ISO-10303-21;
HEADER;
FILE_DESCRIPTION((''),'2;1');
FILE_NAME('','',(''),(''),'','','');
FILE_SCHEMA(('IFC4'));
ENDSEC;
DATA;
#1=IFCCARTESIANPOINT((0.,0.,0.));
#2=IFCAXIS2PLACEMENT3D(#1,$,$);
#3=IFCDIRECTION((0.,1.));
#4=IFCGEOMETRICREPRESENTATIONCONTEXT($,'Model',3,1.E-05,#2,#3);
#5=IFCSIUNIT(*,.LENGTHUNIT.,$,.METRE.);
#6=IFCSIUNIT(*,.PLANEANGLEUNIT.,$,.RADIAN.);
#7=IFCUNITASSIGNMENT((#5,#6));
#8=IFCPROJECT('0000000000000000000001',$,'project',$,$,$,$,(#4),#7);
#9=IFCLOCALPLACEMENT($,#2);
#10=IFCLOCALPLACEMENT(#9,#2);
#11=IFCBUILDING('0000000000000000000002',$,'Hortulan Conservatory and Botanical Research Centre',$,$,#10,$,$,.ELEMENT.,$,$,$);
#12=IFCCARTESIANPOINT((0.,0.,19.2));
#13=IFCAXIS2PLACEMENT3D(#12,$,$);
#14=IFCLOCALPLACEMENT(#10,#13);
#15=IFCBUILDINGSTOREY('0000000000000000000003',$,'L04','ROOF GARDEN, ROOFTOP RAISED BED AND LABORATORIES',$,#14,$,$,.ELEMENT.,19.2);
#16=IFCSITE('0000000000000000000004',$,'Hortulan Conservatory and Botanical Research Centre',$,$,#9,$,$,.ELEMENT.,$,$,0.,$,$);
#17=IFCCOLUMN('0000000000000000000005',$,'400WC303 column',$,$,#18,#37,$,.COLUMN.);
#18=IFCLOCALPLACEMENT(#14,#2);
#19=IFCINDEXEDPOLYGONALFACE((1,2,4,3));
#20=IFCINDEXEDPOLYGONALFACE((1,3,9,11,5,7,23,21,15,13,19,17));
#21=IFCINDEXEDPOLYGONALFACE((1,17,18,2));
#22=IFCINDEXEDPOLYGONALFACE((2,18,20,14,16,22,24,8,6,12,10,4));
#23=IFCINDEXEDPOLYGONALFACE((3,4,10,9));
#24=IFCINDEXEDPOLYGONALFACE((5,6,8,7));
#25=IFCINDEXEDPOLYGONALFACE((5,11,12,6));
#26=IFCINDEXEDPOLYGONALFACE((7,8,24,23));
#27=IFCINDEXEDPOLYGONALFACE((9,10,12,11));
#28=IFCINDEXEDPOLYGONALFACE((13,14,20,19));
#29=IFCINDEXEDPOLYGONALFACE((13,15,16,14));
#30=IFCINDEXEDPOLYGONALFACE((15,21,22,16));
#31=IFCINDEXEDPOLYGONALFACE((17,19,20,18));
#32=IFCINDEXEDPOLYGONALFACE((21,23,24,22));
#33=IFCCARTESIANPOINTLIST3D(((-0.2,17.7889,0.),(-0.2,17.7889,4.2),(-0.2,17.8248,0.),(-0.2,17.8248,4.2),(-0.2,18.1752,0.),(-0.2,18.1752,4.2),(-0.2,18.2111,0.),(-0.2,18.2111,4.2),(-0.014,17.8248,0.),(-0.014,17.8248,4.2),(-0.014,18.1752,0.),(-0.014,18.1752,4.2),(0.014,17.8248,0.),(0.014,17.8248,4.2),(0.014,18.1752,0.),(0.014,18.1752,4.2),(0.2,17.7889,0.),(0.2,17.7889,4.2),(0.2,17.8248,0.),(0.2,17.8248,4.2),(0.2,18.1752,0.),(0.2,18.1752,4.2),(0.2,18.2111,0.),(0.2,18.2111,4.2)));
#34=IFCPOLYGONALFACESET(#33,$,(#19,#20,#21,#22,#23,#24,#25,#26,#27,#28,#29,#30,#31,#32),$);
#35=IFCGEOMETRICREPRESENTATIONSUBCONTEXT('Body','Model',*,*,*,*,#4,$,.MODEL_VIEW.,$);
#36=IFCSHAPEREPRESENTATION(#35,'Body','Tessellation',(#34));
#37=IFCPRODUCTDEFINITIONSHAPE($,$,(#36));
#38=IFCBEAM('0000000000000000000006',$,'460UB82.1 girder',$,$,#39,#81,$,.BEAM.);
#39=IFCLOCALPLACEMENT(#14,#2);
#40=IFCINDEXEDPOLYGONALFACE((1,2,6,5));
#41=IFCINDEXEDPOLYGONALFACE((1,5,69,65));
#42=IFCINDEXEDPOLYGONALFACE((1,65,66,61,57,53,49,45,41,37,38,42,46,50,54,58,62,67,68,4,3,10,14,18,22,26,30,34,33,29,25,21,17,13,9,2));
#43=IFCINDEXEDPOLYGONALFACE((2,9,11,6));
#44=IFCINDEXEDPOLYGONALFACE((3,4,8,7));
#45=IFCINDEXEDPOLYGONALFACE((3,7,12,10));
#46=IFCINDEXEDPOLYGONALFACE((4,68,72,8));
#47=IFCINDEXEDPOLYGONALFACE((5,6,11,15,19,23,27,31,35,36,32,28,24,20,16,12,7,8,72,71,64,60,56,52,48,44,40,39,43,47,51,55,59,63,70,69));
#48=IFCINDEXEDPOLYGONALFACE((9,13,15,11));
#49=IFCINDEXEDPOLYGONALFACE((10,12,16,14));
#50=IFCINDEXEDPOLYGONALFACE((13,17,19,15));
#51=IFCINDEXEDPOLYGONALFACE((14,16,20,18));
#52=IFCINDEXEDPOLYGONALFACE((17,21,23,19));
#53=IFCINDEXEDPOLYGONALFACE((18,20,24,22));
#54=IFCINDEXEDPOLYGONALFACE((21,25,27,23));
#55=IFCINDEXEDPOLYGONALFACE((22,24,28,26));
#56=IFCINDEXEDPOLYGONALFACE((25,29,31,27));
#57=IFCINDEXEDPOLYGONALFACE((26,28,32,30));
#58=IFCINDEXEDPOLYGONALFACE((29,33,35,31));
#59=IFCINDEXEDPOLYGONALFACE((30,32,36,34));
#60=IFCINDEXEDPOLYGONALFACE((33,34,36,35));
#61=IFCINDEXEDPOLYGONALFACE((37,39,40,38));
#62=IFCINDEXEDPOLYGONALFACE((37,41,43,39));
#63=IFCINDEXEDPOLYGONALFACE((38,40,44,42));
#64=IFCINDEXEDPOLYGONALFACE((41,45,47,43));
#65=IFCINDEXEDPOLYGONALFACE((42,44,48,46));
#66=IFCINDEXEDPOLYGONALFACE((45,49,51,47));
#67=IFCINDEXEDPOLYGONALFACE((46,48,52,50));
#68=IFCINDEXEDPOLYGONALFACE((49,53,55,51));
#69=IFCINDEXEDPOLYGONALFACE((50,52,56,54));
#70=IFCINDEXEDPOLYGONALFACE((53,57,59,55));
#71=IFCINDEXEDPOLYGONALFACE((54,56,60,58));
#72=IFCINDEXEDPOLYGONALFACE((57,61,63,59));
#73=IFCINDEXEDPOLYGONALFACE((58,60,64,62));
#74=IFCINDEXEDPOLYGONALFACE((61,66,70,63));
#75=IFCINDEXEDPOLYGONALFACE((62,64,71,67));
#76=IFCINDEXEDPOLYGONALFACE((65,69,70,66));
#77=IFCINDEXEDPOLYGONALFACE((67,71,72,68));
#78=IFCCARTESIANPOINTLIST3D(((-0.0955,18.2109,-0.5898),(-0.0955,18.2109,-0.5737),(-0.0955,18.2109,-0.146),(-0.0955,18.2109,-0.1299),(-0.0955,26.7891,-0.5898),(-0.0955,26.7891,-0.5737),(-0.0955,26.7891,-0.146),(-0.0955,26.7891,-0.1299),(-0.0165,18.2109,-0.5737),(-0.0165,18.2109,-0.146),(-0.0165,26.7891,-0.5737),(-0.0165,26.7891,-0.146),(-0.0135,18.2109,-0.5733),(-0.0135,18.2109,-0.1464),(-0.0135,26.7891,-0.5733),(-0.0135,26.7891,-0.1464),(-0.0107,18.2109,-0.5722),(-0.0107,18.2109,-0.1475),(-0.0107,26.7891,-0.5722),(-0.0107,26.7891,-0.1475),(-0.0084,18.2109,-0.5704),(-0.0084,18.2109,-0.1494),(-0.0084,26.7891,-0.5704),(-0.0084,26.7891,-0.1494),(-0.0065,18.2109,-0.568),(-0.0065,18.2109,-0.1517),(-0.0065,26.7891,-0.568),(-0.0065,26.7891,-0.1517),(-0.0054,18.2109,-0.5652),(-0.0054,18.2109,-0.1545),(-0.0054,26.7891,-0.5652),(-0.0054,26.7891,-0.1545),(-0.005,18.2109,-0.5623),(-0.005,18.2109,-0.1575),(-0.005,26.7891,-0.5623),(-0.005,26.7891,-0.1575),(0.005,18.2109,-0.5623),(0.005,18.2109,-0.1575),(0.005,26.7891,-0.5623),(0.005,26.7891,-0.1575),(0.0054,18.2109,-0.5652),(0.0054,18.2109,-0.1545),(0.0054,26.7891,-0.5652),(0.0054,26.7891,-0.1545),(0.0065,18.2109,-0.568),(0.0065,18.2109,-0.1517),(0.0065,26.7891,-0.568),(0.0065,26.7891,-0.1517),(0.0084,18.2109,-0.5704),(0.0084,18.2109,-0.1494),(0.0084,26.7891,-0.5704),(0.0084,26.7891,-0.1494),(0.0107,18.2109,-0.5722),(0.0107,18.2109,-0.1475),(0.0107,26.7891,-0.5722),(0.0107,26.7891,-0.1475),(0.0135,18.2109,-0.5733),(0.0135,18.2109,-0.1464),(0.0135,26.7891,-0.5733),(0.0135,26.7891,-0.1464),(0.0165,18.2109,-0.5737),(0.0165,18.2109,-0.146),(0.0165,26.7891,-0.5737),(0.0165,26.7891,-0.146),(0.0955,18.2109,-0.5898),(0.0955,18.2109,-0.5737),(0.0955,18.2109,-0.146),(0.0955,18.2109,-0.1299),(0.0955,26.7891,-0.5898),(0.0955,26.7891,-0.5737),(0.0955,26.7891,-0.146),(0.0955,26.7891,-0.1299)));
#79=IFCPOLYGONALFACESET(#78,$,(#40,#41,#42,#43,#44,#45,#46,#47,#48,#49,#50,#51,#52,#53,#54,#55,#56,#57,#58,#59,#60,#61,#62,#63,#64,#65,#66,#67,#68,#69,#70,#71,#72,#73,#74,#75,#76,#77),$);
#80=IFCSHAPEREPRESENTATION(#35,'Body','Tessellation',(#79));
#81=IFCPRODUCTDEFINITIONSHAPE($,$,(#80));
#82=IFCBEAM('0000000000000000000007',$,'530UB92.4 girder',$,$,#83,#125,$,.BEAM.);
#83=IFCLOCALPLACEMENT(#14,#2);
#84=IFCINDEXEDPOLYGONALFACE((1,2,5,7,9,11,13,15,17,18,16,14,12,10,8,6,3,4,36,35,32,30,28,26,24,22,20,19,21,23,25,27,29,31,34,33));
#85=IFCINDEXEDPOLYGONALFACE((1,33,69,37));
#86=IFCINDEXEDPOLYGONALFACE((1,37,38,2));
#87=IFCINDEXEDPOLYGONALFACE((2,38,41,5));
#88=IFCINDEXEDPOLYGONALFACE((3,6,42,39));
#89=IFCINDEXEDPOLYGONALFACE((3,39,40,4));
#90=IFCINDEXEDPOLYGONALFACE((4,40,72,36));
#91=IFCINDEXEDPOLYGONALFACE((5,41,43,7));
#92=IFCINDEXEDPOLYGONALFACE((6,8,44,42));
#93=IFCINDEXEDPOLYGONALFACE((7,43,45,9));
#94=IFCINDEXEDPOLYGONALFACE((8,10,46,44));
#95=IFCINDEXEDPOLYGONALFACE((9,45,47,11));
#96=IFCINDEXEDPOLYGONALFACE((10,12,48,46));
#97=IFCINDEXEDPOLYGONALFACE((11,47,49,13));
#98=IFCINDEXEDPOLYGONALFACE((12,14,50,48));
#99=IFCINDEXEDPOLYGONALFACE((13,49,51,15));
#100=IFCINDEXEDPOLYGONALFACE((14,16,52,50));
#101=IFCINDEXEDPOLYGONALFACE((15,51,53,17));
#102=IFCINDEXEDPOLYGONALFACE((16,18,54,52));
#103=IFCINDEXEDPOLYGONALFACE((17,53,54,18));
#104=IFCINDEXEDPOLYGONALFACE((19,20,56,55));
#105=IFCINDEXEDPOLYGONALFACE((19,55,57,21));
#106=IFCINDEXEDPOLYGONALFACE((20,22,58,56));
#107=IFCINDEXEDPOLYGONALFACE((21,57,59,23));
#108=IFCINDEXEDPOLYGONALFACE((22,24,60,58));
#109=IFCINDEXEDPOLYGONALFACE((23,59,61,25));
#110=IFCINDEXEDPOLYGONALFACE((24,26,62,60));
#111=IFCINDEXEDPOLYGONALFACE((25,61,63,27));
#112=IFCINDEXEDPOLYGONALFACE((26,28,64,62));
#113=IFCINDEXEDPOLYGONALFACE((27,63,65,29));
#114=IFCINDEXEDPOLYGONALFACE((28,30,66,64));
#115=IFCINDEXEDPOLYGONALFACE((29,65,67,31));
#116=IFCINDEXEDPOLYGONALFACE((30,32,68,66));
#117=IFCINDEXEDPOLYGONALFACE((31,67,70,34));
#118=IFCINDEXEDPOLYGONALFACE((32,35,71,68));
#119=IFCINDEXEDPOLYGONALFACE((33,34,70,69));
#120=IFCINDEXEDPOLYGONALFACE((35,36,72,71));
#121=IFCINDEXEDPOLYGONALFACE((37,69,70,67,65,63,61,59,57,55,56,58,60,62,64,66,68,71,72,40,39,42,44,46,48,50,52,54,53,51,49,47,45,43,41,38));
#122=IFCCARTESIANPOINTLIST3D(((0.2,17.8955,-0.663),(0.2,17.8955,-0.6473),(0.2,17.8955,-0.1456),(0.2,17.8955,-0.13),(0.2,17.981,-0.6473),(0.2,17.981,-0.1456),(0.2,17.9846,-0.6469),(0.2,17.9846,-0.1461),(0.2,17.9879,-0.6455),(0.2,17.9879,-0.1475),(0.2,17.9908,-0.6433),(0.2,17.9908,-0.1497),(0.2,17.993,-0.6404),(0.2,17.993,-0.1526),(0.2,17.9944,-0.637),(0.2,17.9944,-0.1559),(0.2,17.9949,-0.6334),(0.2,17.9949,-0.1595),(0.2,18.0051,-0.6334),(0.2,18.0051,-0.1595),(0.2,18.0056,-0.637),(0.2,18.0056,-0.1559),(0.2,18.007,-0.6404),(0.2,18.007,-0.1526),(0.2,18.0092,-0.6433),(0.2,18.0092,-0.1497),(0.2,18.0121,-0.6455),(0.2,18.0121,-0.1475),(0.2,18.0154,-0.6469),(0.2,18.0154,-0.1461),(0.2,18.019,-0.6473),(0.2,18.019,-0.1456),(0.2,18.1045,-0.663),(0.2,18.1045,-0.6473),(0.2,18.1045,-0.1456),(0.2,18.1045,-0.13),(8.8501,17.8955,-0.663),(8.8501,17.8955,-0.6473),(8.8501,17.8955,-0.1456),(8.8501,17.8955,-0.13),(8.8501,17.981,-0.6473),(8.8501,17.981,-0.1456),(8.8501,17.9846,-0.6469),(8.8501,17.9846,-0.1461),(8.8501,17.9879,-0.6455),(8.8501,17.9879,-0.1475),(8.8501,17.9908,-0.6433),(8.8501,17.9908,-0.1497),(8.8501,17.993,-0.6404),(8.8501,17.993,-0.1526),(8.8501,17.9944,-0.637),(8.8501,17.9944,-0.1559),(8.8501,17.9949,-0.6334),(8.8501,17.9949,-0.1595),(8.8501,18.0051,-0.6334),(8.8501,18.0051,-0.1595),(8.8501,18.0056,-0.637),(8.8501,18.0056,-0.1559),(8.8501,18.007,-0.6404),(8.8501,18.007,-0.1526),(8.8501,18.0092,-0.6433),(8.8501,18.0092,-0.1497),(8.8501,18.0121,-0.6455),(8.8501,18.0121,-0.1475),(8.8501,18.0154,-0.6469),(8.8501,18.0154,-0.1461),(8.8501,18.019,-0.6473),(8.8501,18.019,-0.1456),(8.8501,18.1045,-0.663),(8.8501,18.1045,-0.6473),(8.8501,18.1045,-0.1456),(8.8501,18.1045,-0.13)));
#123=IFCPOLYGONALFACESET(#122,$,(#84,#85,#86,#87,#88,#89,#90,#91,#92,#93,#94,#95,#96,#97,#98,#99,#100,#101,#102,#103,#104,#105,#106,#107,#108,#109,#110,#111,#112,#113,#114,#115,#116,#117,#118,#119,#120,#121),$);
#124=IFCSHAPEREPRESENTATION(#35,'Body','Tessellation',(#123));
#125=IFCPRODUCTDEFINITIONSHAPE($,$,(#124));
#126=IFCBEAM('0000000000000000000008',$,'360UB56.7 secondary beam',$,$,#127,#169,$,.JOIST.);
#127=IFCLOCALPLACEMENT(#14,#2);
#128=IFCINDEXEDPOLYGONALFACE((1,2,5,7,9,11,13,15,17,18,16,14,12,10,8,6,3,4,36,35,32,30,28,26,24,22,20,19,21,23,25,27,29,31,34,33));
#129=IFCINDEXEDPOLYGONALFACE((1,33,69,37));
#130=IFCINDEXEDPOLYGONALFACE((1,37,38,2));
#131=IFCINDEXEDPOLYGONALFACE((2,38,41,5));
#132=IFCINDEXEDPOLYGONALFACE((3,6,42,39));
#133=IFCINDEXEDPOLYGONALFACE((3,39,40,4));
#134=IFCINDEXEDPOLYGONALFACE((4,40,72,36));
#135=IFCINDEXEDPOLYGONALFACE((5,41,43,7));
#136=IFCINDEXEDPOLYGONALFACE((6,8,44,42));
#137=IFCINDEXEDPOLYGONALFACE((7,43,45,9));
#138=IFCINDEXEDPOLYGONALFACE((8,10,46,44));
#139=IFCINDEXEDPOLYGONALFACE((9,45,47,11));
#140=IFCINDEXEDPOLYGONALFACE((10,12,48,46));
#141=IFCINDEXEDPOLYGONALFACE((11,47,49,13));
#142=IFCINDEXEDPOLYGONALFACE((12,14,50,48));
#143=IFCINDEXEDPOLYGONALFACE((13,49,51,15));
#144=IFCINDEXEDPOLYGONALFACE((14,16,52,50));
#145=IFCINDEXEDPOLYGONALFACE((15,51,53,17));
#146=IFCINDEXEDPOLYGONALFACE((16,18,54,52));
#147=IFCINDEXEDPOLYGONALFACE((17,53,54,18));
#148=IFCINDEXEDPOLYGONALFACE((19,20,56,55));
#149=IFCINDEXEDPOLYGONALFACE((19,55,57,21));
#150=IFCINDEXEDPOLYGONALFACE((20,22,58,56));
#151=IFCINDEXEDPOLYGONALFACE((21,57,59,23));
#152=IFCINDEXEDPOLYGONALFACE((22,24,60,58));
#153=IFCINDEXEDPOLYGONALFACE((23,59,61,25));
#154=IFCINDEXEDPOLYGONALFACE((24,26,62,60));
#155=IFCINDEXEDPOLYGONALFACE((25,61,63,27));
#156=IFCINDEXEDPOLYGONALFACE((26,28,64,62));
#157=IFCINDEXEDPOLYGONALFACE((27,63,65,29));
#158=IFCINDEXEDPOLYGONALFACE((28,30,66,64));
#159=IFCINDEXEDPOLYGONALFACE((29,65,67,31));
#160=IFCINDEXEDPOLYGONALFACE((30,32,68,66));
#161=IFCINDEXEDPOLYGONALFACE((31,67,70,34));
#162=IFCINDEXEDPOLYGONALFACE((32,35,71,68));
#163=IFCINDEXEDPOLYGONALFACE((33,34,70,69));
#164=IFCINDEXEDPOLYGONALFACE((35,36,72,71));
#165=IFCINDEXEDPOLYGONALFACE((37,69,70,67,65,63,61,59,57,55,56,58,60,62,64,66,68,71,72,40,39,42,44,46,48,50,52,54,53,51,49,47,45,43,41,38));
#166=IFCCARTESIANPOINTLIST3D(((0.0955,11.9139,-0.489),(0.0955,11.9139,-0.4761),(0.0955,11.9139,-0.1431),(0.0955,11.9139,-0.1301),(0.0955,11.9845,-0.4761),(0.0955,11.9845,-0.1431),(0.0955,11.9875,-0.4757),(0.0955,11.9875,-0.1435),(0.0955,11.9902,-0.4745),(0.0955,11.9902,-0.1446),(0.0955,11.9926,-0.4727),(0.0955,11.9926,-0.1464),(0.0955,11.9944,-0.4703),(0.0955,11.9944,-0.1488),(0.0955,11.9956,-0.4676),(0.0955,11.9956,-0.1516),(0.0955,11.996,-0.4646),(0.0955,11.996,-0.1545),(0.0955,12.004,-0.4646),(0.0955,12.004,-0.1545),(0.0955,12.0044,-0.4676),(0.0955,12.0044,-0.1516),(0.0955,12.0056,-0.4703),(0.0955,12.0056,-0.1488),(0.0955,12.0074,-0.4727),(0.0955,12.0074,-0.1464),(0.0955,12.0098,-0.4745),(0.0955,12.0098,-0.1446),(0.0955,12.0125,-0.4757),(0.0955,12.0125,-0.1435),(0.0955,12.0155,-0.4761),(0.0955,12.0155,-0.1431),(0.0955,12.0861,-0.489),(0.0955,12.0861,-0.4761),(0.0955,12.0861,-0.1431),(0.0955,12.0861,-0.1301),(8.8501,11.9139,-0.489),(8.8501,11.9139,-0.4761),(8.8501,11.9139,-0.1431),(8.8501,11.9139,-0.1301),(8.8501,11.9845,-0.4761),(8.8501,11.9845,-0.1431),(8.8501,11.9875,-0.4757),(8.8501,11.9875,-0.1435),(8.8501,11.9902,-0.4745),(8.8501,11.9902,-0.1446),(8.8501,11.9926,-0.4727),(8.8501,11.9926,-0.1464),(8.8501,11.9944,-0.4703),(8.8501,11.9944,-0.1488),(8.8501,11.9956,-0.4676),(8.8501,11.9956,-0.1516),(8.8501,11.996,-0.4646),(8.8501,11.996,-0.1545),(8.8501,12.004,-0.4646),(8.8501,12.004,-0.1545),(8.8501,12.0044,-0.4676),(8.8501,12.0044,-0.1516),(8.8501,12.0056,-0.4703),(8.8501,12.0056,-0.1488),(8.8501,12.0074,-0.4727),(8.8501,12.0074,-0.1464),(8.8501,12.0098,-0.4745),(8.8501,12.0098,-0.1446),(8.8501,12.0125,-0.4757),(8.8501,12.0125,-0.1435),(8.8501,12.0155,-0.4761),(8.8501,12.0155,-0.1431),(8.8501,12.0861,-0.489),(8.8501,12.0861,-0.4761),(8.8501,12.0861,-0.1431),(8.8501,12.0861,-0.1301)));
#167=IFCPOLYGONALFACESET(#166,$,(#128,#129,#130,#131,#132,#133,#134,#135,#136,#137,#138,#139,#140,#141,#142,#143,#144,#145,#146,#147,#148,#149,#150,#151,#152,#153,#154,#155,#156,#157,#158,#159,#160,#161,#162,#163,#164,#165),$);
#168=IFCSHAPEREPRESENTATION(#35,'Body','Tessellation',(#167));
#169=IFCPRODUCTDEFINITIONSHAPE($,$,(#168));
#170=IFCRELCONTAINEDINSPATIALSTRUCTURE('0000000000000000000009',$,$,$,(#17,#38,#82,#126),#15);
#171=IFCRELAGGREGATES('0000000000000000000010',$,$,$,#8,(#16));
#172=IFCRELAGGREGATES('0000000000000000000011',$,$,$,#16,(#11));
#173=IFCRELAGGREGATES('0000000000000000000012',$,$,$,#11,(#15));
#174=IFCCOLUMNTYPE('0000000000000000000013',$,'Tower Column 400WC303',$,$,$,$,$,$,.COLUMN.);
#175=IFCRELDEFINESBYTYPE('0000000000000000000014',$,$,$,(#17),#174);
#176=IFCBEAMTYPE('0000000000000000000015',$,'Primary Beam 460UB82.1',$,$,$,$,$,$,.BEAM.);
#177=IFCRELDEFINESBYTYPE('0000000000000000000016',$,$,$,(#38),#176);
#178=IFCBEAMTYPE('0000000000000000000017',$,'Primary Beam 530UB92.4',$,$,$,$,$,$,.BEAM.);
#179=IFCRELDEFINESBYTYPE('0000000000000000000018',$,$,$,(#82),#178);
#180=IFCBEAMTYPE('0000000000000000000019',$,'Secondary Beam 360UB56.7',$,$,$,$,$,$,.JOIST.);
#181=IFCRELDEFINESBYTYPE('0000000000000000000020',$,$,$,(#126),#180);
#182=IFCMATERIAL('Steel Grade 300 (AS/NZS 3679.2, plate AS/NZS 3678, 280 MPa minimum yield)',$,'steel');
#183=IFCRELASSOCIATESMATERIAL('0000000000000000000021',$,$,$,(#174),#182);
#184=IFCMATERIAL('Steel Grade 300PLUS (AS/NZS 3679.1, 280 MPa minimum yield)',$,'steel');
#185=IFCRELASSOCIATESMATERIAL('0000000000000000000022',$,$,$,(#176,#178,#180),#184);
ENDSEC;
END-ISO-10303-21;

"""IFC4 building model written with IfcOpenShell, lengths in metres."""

from ifc_helpers import new_model, si_unit, direction, frame, origin, origin_2d, place, context, subcontext, project, spatial, i_section, extrude, material, material_profile, profile_set, type_object, element, save


model = new_model("IFC4")

# Units and contexts
model_context = context("Model", 3, precision=1e-05, world=origin(), true_north=direction((0.0, 1.0)))
body_context = subcontext(model_context, "Body", "Model", "MODEL_VIEW")
ifc_project = project(units=[si_unit("LENGTHUNIT", "METRE"), si_unit("PLANEANGLEUNIT", "RADIAN")], contexts=[model_context])

# Site, building, storey
site_placement = place(None, origin())
site = spatial("IfcSite", under=ifc_project, at=site_placement, Name="Hortulan Conservatory and Botanical Research Centre", CompositionType="ELEMENT", RefElevation=0.0)
building_placement = place(site_placement, origin())
building = spatial("IfcBuilding", under=site, at=building_placement, Name="Hortulan Conservatory and Botanical Research Centre", CompositionType="ELEMENT")
storey_placement = place(building_placement, frame((0.0, 0.0, 19.2)))
storey = spatial("IfcBuildingStorey", under=building, at=storey_placement, Name="L04", Description="ROOF GARDEN, ROOFTOP RAISED BED AND LABORATORIES", CompositionType="ELEMENT", Elevation=19.2)

# Column
ifc_material_1 = material(Name="Steel Grade 300 (AS/NZS 3679.2, plate AS/NZS 3678, 280 MPa minimum yield)", Category="steel")
ifc_material_profile_1 = material_profile(ifc_material_1, i_section(OverallWidth=0.3999, OverallDepth=0.4221, WebThickness=0.0281, FlangeThickness=0.0359, at=origin_2d()), Name="400WC303")
ifc_profile_set_1 = profile_set([ifc_material_profile_1], Name="Steel Grade 300 (AS/NZS 3679.2, plate AS/NZS 3678, 280 MPa minimum yield)")
column_type = type_object("IfcColumnType", Name="Tower Column 400WC303", PredefinedType="COLUMN", material=ifc_profile_set_1)
column_placement = place(storey_placement, frame((0.0, 18.0, 0.0), z_axis=(0.0, 0.0, 1.0), x_axis=(1.0, 0.0, 0.0)))
element("IfcColumn", 1, at=column_placement, inside=storey, type_object=column_type, Name="400WC303 column", PredefinedType="COLUMN", context=body_context, shape_type="SweptSolid", body=[
    extrude(i_section(OverallWidth=0.3999, OverallDepth=0.4221, WebThickness=0.0281, FlangeThickness=0.0359, at=origin_2d()), origin(), (0.0, 0.0, 1.0), 4.2),
])

# Beams
ifc_material_2 = material(Name="Steel Grade 300PLUS (AS/NZS 3679.1, 280 MPa minimum yield)", Category="steel")
ifc_material_profile_2 = material_profile(ifc_material_2, i_section(OverallWidth=0.1909, OverallDepth=0.46, WebThickness=0.01, FlangeThickness=0.0161, FilletRadius=0.0115, at=origin_2d()), Name="460UB82.1")
ifc_profile_set_2 = profile_set([ifc_material_profile_2], Name="Steel Grade 300PLUS (AS/NZS 3679.1, 280 MPa minimum yield)")
beam_type_1 = type_object("IfcBeamType", Name="Primary Beam 460UB82.1", PredefinedType="BEAM", material=ifc_profile_set_2)
beam_1_placement = place(storey_placement, frame((0.0, 18.2109, -0.3599), z_axis=(0.0, 1.0, 0.0), x_axis=(-1.0, 0.0, 0.0)))
element("IfcBeam", 2, at=beam_1_placement, inside=storey, type_object=beam_type_1, Name="460UB82.1 girder", PredefinedType="BEAM", context=body_context, shape_type="SweptSolid", body=[
    extrude(i_section(OverallWidth=0.1909, OverallDepth=0.46, WebThickness=0.01, FlangeThickness=0.0161, FilletRadius=0.0115, at=origin_2d()), origin(), (0.0, 0.0, 1.0), 8.5781),
])
ifc_material_profile_3 = material_profile(ifc_material_2, i_section(OverallWidth=0.209, OverallDepth=0.533, WebThickness=0.0103, FlangeThickness=0.0156, FilletRadius=0.0139, at=origin_2d()), Name="530UB92.4")
ifc_profile_set_3 = profile_set([ifc_material_profile_3], Name="Steel Grade 300PLUS (AS/NZS 3679.1, 280 MPa minimum yield)")
beam_type_2 = type_object("IfcBeamType", Name="Primary Beam 530UB92.4", PredefinedType="BEAM", material=ifc_profile_set_3)
beam_2_placement = place(storey_placement, frame((0.2, 18.0, -0.3965), z_axis=(1.0, 0.0, 0.0), x_axis=(0.0, 1.0, 0.0)))
element("IfcBeam", 3, at=beam_2_placement, inside=storey, type_object=beam_type_2, Name="530UB92.4 girder", PredefinedType="BEAM", context=body_context, shape_type="SweptSolid", body=[
    extrude(i_section(OverallWidth=0.209, OverallDepth=0.533, WebThickness=0.0103, FlangeThickness=0.0156, FilletRadius=0.0139, at=origin_2d()), origin(), (0.0, 0.0, 1.0), 8.6501),
])
ifc_material_profile_4 = material_profile(ifc_material_2, i_section(OverallWidth=0.1721, OverallDepth=0.3589, WebThickness=0.0081, FlangeThickness=0.0129, FilletRadius=0.0115, at=origin_2d()), Name="360UB56.7")
ifc_profile_set_4 = profile_set([ifc_material_profile_4], Name="Steel Grade 300PLUS (AS/NZS 3679.1, 280 MPa minimum yield)")
beam_type_3 = type_object("IfcBeamType", Name="Secondary Beam 360UB56.7", PredefinedType="JOIST", material=ifc_profile_set_4)
for number, where, z_axis, x_axis, name in (
    (4, (0.0955, 12.0, -0.3096), (1.0, 0.0, 0.0), (0.0, 1.0, 0.0), "360UB56.7 secondary beam"),
):
    element("IfcBeam", number, at=place(storey_placement, frame(where, z_axis=z_axis, x_axis=x_axis)), inside=storey, type_object=beam_type_3, Name=name, PredefinedType="JOIST", context=body_context, shape_type="SweptSolid", body=[
        extrude(i_section(OverallWidth=0.1721, OverallDepth=0.3589, WebThickness=0.0081, FlangeThickness=0.0129, FilletRadius=0.0115, at=origin_2d()), origin(), (0.0, 0.0, 1.0), 8.7546),
    ])

save(model, "model.ifc")
